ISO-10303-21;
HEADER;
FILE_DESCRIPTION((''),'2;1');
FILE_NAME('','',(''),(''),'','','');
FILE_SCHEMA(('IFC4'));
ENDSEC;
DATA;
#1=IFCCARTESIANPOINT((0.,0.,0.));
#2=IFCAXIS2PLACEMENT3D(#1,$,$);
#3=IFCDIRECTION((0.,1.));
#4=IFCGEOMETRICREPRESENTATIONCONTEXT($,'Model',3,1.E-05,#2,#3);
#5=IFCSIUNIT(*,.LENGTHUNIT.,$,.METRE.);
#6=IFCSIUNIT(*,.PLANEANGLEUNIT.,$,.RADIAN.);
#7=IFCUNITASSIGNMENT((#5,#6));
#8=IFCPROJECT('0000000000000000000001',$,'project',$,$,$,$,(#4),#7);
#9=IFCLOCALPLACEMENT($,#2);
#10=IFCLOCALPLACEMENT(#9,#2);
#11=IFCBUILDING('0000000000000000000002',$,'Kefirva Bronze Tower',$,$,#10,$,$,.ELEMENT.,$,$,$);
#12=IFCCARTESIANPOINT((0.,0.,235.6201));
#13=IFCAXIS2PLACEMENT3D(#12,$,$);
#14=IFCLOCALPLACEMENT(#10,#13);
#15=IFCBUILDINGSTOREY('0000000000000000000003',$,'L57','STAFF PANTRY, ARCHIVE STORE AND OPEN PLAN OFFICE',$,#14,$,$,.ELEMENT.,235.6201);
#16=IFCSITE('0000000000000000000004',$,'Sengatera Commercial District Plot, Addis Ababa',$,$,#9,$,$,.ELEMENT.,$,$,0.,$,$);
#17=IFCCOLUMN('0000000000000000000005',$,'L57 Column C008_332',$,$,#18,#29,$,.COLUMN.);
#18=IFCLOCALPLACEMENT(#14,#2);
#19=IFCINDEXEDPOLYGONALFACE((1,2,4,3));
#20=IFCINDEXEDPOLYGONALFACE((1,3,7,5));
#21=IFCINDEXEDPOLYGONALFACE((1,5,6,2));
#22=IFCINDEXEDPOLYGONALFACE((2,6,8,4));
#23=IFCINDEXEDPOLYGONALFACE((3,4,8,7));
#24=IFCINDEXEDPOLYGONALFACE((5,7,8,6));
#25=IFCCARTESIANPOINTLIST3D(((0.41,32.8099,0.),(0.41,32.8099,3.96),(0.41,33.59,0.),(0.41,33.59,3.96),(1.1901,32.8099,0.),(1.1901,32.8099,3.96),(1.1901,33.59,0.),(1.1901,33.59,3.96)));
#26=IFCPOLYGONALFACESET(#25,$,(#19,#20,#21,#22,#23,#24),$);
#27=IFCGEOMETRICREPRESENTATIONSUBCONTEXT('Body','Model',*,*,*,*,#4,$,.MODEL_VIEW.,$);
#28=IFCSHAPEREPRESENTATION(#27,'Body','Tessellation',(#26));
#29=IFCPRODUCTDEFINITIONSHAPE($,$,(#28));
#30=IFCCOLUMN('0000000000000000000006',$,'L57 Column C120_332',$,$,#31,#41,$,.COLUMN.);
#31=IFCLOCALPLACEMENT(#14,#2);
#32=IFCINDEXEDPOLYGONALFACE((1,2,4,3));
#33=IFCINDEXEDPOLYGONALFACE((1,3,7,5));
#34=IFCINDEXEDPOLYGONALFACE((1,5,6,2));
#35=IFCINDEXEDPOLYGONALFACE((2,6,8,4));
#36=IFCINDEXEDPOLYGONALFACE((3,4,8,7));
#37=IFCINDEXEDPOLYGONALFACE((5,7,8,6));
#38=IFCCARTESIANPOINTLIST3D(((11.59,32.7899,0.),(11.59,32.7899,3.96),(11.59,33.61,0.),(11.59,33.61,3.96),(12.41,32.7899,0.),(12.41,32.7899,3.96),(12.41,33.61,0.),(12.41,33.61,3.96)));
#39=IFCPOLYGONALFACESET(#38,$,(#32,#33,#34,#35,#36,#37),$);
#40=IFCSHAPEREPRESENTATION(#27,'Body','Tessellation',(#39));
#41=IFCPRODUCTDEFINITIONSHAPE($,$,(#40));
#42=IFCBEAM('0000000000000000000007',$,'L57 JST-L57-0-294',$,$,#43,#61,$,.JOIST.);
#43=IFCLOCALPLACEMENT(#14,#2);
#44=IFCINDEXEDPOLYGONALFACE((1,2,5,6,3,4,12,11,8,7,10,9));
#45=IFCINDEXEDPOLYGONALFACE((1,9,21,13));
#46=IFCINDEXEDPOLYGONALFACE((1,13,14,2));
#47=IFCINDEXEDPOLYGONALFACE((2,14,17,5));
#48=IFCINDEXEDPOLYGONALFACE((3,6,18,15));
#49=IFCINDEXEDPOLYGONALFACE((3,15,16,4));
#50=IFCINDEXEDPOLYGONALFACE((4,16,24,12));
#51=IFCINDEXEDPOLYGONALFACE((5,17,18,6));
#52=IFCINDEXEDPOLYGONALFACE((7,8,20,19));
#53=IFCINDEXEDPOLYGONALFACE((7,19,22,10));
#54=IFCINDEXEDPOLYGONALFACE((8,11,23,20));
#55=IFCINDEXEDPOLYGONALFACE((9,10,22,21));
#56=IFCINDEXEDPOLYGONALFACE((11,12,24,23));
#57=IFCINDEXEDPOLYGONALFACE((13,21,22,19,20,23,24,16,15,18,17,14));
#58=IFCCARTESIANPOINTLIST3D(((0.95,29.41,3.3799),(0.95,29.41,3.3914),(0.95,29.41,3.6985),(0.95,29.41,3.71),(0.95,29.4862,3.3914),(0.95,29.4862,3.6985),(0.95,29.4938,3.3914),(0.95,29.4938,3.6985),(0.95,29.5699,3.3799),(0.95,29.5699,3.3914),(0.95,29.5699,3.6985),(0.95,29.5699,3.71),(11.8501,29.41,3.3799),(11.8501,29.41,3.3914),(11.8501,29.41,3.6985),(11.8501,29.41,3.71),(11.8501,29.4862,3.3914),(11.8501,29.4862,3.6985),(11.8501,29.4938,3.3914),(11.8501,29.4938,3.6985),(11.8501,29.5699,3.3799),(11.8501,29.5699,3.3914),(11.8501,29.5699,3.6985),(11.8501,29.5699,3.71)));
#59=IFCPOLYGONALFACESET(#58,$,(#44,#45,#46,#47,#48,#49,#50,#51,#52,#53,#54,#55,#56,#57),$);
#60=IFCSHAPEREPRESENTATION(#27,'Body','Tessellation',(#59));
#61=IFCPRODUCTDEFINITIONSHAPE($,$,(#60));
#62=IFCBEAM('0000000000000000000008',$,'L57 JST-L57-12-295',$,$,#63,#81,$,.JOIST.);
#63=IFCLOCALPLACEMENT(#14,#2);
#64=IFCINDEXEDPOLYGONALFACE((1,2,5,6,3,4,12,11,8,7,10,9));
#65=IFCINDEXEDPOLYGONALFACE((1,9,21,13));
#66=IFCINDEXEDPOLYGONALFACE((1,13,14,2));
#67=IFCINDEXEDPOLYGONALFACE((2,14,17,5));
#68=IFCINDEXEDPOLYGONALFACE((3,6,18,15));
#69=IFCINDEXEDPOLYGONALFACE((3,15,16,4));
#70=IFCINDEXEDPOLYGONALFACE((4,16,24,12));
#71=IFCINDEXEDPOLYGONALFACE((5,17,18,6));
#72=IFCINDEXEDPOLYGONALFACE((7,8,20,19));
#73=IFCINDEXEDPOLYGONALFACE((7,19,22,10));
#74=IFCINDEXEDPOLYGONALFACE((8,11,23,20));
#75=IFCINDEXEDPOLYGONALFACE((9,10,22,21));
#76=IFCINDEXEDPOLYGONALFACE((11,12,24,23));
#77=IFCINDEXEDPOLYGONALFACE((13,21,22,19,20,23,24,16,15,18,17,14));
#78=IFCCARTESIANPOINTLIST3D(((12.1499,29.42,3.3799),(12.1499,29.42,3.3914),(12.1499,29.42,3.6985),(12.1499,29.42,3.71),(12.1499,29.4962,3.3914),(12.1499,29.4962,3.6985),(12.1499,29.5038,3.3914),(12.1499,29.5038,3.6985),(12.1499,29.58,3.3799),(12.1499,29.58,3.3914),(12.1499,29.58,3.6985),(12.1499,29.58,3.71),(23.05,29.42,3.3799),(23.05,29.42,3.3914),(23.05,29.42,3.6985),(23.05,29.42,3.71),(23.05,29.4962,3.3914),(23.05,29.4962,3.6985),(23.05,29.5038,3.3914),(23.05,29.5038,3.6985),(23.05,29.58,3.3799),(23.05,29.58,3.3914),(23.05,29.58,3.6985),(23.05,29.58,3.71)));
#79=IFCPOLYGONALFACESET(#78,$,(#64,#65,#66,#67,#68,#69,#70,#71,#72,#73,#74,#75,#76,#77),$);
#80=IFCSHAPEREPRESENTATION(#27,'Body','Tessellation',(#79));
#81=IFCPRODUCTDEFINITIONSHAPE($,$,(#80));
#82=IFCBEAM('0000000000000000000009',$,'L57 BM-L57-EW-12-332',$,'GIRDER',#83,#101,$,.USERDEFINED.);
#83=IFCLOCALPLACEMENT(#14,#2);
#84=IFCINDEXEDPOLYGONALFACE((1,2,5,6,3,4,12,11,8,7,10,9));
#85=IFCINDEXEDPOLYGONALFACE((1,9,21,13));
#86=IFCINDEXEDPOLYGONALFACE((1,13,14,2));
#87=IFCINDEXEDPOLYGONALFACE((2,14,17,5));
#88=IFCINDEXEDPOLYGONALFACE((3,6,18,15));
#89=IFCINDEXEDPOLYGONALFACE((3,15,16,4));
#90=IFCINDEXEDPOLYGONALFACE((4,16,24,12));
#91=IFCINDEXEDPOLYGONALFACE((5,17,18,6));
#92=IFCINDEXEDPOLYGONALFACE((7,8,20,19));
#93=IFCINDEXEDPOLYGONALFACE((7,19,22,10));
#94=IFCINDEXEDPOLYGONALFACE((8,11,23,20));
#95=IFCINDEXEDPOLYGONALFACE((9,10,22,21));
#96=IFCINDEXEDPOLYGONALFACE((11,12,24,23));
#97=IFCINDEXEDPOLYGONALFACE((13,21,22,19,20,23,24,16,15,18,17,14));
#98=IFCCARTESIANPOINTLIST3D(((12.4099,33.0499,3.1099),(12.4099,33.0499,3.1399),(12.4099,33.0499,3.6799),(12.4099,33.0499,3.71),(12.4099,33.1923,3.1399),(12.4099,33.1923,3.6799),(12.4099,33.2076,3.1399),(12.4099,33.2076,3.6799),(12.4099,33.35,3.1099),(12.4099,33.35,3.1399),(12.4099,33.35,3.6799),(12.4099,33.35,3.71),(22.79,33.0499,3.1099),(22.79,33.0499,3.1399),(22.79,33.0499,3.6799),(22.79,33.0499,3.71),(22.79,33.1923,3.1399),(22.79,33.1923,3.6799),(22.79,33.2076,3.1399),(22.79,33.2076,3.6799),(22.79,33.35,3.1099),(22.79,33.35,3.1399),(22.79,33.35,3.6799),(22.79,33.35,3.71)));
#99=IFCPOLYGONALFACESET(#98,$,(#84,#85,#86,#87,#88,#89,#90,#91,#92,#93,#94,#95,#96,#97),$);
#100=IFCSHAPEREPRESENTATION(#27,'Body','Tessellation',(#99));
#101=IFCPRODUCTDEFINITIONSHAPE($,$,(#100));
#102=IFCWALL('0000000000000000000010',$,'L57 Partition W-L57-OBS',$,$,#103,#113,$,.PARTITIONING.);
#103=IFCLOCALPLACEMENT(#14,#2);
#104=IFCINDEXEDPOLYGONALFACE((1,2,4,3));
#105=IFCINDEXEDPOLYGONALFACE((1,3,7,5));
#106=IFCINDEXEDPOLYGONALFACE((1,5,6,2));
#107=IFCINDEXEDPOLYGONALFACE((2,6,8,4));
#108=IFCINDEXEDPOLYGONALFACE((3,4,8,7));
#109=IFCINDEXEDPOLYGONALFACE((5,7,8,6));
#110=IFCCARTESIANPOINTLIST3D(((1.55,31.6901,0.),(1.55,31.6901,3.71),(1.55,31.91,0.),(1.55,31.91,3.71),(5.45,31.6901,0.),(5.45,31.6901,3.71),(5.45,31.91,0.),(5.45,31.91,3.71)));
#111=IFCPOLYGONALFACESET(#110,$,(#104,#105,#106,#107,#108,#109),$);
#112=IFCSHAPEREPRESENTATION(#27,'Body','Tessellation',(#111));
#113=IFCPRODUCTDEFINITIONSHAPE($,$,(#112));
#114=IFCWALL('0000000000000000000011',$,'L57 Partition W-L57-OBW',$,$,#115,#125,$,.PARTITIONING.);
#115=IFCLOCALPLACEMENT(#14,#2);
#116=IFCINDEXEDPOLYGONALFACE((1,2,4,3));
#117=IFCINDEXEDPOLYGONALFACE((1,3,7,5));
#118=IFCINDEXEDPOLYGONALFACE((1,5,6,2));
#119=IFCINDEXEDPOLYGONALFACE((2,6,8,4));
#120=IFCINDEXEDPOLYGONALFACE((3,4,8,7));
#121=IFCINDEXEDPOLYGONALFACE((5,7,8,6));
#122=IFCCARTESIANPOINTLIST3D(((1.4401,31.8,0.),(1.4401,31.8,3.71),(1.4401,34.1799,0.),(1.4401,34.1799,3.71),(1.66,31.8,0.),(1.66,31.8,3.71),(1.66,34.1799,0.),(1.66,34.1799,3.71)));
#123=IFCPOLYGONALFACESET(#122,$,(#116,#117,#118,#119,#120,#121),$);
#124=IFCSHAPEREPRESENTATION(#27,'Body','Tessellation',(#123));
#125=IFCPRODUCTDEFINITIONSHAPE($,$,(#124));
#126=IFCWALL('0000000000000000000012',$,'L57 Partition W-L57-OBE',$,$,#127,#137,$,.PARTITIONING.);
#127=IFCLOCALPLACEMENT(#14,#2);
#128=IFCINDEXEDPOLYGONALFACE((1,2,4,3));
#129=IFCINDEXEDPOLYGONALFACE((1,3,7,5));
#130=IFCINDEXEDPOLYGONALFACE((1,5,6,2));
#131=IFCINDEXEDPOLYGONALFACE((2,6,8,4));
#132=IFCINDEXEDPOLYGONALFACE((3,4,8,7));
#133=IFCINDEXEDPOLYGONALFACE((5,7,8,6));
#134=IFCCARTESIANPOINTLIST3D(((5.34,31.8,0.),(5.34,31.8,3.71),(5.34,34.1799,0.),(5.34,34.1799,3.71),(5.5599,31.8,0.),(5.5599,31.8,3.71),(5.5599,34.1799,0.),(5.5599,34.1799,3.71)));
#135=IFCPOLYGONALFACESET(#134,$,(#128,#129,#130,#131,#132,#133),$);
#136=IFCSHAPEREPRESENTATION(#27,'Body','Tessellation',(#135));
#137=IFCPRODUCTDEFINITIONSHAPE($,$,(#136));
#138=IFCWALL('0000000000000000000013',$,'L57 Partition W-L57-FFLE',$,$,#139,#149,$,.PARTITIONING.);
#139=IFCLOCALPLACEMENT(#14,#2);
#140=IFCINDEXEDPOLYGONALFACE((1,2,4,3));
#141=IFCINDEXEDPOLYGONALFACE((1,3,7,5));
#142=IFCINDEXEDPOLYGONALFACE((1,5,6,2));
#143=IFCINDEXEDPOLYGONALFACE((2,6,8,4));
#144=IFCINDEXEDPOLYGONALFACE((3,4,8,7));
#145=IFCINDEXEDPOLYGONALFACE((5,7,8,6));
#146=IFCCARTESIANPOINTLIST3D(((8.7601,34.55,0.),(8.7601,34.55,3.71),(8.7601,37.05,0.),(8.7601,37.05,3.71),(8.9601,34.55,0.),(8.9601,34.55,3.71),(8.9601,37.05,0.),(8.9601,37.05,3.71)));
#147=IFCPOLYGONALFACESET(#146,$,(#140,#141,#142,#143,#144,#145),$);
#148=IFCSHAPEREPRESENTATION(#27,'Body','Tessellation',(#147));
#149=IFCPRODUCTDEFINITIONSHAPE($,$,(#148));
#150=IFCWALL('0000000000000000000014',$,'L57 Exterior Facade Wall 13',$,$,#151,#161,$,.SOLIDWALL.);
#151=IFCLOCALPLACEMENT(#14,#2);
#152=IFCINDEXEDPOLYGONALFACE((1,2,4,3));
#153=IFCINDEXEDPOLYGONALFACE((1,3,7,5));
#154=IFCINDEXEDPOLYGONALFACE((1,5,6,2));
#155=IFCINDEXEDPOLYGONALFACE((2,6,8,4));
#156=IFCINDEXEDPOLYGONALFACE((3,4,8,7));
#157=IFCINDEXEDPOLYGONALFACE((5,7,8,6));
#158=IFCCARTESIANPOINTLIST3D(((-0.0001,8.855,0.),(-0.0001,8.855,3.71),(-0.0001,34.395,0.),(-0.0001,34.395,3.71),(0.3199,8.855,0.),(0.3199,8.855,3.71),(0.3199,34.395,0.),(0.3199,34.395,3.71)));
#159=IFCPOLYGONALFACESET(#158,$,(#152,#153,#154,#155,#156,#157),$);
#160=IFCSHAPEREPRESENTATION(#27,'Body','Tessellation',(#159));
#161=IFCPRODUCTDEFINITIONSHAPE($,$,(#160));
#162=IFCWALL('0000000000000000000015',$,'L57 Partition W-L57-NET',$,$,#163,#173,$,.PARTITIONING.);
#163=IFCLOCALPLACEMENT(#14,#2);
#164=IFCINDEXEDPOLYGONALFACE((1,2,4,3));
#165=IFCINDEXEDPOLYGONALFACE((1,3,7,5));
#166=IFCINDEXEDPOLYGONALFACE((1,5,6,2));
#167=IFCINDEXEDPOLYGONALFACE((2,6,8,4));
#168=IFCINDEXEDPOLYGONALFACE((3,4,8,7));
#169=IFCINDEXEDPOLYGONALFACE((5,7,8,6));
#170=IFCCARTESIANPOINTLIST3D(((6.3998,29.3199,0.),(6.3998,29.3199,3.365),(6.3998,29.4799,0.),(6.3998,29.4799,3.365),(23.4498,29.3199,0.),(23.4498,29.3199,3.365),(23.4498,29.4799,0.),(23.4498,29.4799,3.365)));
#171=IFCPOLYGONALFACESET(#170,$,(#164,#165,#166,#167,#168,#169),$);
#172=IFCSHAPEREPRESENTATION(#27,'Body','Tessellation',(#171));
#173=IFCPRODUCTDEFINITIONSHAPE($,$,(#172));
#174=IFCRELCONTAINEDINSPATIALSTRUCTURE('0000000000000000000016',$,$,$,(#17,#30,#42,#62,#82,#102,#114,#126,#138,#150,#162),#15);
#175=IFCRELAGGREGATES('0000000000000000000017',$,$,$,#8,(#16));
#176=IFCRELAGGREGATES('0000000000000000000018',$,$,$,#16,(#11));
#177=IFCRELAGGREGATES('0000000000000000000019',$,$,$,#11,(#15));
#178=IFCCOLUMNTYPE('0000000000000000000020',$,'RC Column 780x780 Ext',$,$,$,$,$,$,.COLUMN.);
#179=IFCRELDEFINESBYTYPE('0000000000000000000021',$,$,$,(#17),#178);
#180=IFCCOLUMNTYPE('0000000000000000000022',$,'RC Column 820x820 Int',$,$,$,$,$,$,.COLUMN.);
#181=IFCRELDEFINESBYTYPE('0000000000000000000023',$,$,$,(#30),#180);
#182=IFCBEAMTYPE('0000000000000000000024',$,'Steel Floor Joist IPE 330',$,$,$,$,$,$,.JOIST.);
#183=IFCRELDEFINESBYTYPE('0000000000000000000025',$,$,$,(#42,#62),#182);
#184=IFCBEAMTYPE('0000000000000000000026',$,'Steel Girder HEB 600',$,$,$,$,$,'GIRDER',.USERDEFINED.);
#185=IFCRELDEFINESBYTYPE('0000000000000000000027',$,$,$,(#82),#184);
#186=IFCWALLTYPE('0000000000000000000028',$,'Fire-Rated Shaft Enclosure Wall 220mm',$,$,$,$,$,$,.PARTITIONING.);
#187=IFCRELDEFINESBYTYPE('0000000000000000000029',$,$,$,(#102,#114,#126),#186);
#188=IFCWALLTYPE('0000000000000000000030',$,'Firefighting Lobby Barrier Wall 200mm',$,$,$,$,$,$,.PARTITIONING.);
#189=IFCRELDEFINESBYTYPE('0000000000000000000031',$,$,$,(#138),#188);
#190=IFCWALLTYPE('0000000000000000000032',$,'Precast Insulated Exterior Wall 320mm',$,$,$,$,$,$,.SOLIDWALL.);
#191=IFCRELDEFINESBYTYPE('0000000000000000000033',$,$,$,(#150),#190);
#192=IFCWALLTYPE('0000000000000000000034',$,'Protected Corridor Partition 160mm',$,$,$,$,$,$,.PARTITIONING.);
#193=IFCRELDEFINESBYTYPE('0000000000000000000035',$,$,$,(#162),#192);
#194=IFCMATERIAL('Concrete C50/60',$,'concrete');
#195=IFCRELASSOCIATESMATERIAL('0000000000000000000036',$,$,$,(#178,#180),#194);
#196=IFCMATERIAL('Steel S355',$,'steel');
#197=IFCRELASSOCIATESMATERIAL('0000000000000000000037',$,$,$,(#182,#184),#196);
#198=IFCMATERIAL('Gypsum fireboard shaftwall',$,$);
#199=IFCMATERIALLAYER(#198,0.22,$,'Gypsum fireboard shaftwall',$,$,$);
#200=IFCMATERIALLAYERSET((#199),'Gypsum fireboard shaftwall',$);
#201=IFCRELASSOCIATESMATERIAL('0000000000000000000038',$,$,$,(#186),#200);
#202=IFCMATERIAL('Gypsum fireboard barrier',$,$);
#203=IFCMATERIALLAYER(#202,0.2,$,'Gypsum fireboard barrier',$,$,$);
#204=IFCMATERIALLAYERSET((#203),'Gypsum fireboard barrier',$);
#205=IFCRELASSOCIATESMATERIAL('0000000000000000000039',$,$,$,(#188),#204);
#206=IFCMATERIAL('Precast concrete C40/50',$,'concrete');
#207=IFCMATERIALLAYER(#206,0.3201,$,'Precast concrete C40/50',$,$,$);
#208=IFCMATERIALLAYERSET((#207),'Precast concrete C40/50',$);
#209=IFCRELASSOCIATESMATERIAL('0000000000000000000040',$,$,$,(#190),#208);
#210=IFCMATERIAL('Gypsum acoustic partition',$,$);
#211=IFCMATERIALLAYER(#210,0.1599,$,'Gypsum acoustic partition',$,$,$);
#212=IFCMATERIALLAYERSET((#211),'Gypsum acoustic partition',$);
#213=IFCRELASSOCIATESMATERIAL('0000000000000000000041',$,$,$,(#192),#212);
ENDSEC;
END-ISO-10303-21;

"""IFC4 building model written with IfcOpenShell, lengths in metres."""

from ifc_helpers import new_model, si_unit, direction, frame, frame_2d, origin, origin_2d, place, context, subcontext, project, spatial, rectangle, i_section, extrude, material, layer, layer_set, material_profile, profile_set, type_object, element, save


model = new_model("IFC4")

# Units and contexts
model_context = context("Model", 3, precision=1e-05, world=origin(), true_north=direction((0.0, 1.0)))
body_context = subcontext(model_context, "Body", "Model", "MODEL_VIEW")
ifc_project = project(units=[si_unit("LENGTHUNIT", "METRE"), si_unit("PLANEANGLEUNIT", "RADIAN")], contexts=[model_context])

# Site, building, storey
site_placement = place(None, origin())
site = spatial("IfcSite", under=ifc_project, at=site_placement, Name="Sengatera Commercial District Plot, Addis Ababa", CompositionType="ELEMENT", RefElevation=0.0)
building_placement = place(site_placement, origin())
building = spatial("IfcBuilding", under=site, at=building_placement, Name="Kefirva Bronze Tower", CompositionType="ELEMENT")
storey_placement = place(building_placement, frame((0.0, 0.0, 235.6201)))
storey = spatial("IfcBuildingStorey", under=building, at=storey_placement, Name="L57", Description="STAFF PANTRY, ARCHIVE STORE AND OPEN PLAN OFFICE", CompositionType="ELEMENT", Elevation=235.6201)

# Columns
ifc_material_1 = material(Name="Concrete C50/60", Category="concrete")
ifc_material_profile_1 = material_profile(ifc_material_1, rectangle(XDim=0.78, YDim=0.78, at=origin_2d()), Name="RC 780x780")
ifc_profile_set_1 = profile_set([ifc_material_profile_1], Name="Concrete C50/60")
column_type_1 = type_object("IfcColumnType", Name="RC Column 780x780 Ext", PredefinedType="COLUMN", material=ifc_profile_set_1)
column_1_placement = place(storey_placement, frame((0.8, 33.2, 0.0), z_axis=(0.0, 0.0, 1.0), x_axis=(1.0, 0.0, 0.0)))
element("IfcColumn", 1, at=column_1_placement, inside=storey, type_object=column_type_1, Name="L57 Column C008_332", PredefinedType="COLUMN", context=body_context, shape_type="SweptSolid", body=[
    extrude(rectangle(XDim=0.78, YDim=0.78, at=origin_2d()), origin(), (0.0, 0.0, 1.0), 3.96),
])
ifc_material_profile_2 = material_profile(ifc_material_1, rectangle(XDim=0.8201, YDim=0.8201, at=origin_2d()), Name="RC 820x820")
ifc_profile_set_2 = profile_set([ifc_material_profile_2], Name="Concrete C50/60")
column_type_2 = type_object("IfcColumnType", Name="RC Column 820x820 Int", PredefinedType="COLUMN", material=ifc_profile_set_2)
column_2_placement = place(storey_placement, frame((12.0, 33.2, 0.0), z_axis=(0.0, 0.0, 1.0), x_axis=(1.0, 0.0, 0.0)))
element("IfcColumn", 2, at=column_2_placement, inside=storey, type_object=column_type_2, Name="L57 Column C120_332", PredefinedType="COLUMN", context=body_context, shape_type="SweptSolid", body=[
    extrude(rectangle(XDim=0.8201, YDim=0.8201, at=origin_2d()), origin(), (0.0, 0.0, 1.0), 3.96),
])

# Beams
ifc_material_2 = material(Name="Steel S355", Category="steel")
ifc_material_profile_3 = material_profile(ifc_material_2, i_section(OverallWidth=0.1599, OverallDepth=0.3301, WebThickness=0.0076, FlangeThickness=0.0115, at=origin_2d()), Name="IPE 330")
ifc_profile_set_3 = profile_set([ifc_material_profile_3], Name="Steel S355")
beam_type_1 = type_object("IfcBeamType", Name="Steel Floor Joist IPE 330", PredefinedType="JOIST", material=ifc_profile_set_3)
for number, where, z_axis, x_axis, name in (
    (3, (0.95, 29.49, 3.5449), (1.0, 0.0, 0.0), (0.0, 1.0, 0.0), "L57 JST-L57-0-294"),
    (4, (12.1499, 29.5, 3.5449), (1.0, 0.0, 0.0), (0.0, 1.0, 0.0), "L57 JST-L57-12-295"),
):
    element("IfcBeam", number, at=place(storey_placement, frame(where, z_axis=z_axis, x_axis=x_axis)), inside=storey, type_object=beam_type_1, Name=name, PredefinedType="JOIST", context=body_context, shape_type="SweptSolid", body=[
        extrude(i_section(OverallWidth=0.1599, OverallDepth=0.3301, WebThickness=0.0076, FlangeThickness=0.0115, at=origin_2d()), origin(), (0.0, 0.0, 1.0), 10.9001),
    ])
ifc_material_profile_4 = material_profile(ifc_material_2, i_section(OverallWidth=0.3, OverallDepth=0.6001, WebThickness=0.0154, FlangeThickness=0.03, at=origin_2d()), Name="HEB 600")
ifc_profile_set_4 = profile_set([ifc_material_profile_4], Name="Steel S355")
beam_type_2 = type_object("IfcBeamType", Name="Steel Girder HEB 600", ElementType="GIRDER", PredefinedType="USERDEFINED", material=ifc_profile_set_4)
beam_placement = place(storey_placement, frame((12.4099, 33.2, 3.4099), z_axis=(1.0, 0.0, 0.0), x_axis=(0.0, 1.0, 0.0)))
element("IfcBeam", 5, at=beam_placement, inside=storey, type_object=beam_type_2, Name="L57 BM-L57-EW-12-332", ObjectType="GIRDER", PredefinedType="USERDEFINED", context=body_context, shape_type="SweptSolid", body=[
    extrude(i_section(OverallWidth=0.3, OverallDepth=0.6001, WebThickness=0.0154, FlangeThickness=0.03, at=origin_2d()), origin(), (0.0, 0.0, 1.0), 10.3801),
])

# Walls
ifc_material_3 = material(Name="Gypsum fireboard shaftwall")
ifc_layer_1 = layer(ifc_material_3, 0.22, Name="Gypsum fireboard shaftwall")
ifc_layer_set_1 = layer_set([ifc_layer_1], Name="Gypsum fireboard shaftwall")
wall_type_1 = type_object("IfcWallType", Name="Fire-Rated Shaft Enclosure Wall 220mm", PredefinedType="PARTITIONING", material=ifc_layer_set_1)
wall_1_placement = place(storey_placement, frame((1.55, 31.8, 0.0), z_axis=(0.0, 0.0, 1.0), x_axis=(1.0, 0.0, 0.0)))
element("IfcWall", 6, at=wall_1_placement, inside=storey, type_object=wall_type_1, Name="L57 Partition W-L57-OBS", PredefinedType="PARTITIONING", context=body_context, shape_type="SweptSolid", body=[
    extrude(rectangle(XDim=3.8999, YDim=0.22, at=frame_2d((1.95, 0.0))), origin(), (0.0, 0.0, 1.0), 3.71),
])
for number, where, z_axis, x_axis, name in (
    (7, (1.55, 31.8, 0.0), (0.0, 0.0, 1.0), (0.0, 1.0, 0.0), "L57 Partition W-L57-OBW"),
    (8, (5.45, 31.8, 0.0), (0.0, 0.0, 1.0), (0.0, 1.0, 0.0), "L57 Partition W-L57-OBE"),
):
    element("IfcWall", number, at=place(storey_placement, frame(where, z_axis=z_axis, x_axis=x_axis)), inside=storey, type_object=wall_type_1, Name=name, PredefinedType="PARTITIONING", context=body_context, shape_type="SweptSolid", body=[
        extrude(rectangle(XDim=2.3799, YDim=0.22, at=frame_2d((1.1899, 0.0))), origin(), (0.0, 0.0, 1.0), 3.71),
    ])
ifc_material_4 = material(Name="Gypsum fireboard barrier")
ifc_layer_2 = layer(ifc_material_4, 0.2, Name="Gypsum fireboard barrier")
ifc_layer_set_2 = layer_set([ifc_layer_2], Name="Gypsum fireboard barrier")
wall_type_2 = type_object("IfcWallType", Name="Firefighting Lobby Barrier Wall 200mm", PredefinedType="PARTITIONING", material=ifc_layer_set_2)
wall_2_placement = place(storey_placement, frame((8.8601, 34.55, 0.0), z_axis=(0.0, 0.0, 1.0), x_axis=(0.0, 1.0, 0.0)))
element("IfcWall", 9, at=wall_2_placement, inside=storey, type_object=wall_type_2, Name="L57 Partition W-L57-FFLE", PredefinedType="PARTITIONING", context=body_context, shape_type="SweptSolid", body=[
    extrude(rectangle(XDim=2.5, YDim=0.2, at=frame_2d((1.25, 0.0))), origin(), (0.0, 0.0, 1.0), 3.71),
])
ifc_material_5 = material(Name="Precast concrete C40/50", Category="concrete")
ifc_layer_3 = layer(ifc_material_5, 0.3201, Name="Precast concrete C40/50")
ifc_layer_set_3 = layer_set([ifc_layer_3], Name="Precast concrete C40/50")
wall_type_3 = type_object("IfcWallType", Name="Precast Insulated Exterior Wall 320mm", PredefinedType="SOLIDWALL", material=ifc_layer_set_3)
wall_3_placement = place(storey_placement, frame((0.1599, 34.395, 0.0), z_axis=(0.0, 0.0, 1.0), x_axis=(0.0, -1.0, 0.0)))
element("IfcWall", 10, at=wall_3_placement, inside=storey, type_object=wall_type_3, Name="L57 Exterior Facade Wall 13", PredefinedType="SOLIDWALL", context=body_context, shape_type="SweptSolid", body=[
    extrude(rectangle(XDim=25.54, YDim=0.3201, at=frame_2d((12.77, 0.0))), origin(), (0.0, 0.0, 1.0), 3.71),
])

# Shared definitions
ifc_material_6 = material(Name="Gypsum acoustic partition")
ifc_layer_4 = layer(ifc_material_6, 0.1599, Name="Gypsum acoustic partition")
ifc_layer_set_4 = layer_set([ifc_layer_4], Name="Gypsum acoustic partition")
wall_type_4 = type_object("IfcWallType", Name="Protected Corridor Partition 160mm", PredefinedType="PARTITIONING", material=ifc_layer_set_4)

# Wall
wall_4_placement = place(storey_placement, frame((6.3999, 29.3999, 0.0), z_axis=(0.0, 0.0, 1.0), x_axis=(1.0, 0.0, 0.0)))
element("IfcWall", 11, at=wall_4_placement, inside=storey, type_object=wall_type_4, Name="L57 Partition W-L57-NET", PredefinedType="PARTITIONING", context=body_context, shape_type="SweptSolid", body=[
    extrude(rectangle(XDim=17.05, YDim=0.1599, at=frame_2d((8.5249, 0.0))), origin(), (0.0, 0.0, 1.0), 3.365),
])

save(model, "model.ifc")
